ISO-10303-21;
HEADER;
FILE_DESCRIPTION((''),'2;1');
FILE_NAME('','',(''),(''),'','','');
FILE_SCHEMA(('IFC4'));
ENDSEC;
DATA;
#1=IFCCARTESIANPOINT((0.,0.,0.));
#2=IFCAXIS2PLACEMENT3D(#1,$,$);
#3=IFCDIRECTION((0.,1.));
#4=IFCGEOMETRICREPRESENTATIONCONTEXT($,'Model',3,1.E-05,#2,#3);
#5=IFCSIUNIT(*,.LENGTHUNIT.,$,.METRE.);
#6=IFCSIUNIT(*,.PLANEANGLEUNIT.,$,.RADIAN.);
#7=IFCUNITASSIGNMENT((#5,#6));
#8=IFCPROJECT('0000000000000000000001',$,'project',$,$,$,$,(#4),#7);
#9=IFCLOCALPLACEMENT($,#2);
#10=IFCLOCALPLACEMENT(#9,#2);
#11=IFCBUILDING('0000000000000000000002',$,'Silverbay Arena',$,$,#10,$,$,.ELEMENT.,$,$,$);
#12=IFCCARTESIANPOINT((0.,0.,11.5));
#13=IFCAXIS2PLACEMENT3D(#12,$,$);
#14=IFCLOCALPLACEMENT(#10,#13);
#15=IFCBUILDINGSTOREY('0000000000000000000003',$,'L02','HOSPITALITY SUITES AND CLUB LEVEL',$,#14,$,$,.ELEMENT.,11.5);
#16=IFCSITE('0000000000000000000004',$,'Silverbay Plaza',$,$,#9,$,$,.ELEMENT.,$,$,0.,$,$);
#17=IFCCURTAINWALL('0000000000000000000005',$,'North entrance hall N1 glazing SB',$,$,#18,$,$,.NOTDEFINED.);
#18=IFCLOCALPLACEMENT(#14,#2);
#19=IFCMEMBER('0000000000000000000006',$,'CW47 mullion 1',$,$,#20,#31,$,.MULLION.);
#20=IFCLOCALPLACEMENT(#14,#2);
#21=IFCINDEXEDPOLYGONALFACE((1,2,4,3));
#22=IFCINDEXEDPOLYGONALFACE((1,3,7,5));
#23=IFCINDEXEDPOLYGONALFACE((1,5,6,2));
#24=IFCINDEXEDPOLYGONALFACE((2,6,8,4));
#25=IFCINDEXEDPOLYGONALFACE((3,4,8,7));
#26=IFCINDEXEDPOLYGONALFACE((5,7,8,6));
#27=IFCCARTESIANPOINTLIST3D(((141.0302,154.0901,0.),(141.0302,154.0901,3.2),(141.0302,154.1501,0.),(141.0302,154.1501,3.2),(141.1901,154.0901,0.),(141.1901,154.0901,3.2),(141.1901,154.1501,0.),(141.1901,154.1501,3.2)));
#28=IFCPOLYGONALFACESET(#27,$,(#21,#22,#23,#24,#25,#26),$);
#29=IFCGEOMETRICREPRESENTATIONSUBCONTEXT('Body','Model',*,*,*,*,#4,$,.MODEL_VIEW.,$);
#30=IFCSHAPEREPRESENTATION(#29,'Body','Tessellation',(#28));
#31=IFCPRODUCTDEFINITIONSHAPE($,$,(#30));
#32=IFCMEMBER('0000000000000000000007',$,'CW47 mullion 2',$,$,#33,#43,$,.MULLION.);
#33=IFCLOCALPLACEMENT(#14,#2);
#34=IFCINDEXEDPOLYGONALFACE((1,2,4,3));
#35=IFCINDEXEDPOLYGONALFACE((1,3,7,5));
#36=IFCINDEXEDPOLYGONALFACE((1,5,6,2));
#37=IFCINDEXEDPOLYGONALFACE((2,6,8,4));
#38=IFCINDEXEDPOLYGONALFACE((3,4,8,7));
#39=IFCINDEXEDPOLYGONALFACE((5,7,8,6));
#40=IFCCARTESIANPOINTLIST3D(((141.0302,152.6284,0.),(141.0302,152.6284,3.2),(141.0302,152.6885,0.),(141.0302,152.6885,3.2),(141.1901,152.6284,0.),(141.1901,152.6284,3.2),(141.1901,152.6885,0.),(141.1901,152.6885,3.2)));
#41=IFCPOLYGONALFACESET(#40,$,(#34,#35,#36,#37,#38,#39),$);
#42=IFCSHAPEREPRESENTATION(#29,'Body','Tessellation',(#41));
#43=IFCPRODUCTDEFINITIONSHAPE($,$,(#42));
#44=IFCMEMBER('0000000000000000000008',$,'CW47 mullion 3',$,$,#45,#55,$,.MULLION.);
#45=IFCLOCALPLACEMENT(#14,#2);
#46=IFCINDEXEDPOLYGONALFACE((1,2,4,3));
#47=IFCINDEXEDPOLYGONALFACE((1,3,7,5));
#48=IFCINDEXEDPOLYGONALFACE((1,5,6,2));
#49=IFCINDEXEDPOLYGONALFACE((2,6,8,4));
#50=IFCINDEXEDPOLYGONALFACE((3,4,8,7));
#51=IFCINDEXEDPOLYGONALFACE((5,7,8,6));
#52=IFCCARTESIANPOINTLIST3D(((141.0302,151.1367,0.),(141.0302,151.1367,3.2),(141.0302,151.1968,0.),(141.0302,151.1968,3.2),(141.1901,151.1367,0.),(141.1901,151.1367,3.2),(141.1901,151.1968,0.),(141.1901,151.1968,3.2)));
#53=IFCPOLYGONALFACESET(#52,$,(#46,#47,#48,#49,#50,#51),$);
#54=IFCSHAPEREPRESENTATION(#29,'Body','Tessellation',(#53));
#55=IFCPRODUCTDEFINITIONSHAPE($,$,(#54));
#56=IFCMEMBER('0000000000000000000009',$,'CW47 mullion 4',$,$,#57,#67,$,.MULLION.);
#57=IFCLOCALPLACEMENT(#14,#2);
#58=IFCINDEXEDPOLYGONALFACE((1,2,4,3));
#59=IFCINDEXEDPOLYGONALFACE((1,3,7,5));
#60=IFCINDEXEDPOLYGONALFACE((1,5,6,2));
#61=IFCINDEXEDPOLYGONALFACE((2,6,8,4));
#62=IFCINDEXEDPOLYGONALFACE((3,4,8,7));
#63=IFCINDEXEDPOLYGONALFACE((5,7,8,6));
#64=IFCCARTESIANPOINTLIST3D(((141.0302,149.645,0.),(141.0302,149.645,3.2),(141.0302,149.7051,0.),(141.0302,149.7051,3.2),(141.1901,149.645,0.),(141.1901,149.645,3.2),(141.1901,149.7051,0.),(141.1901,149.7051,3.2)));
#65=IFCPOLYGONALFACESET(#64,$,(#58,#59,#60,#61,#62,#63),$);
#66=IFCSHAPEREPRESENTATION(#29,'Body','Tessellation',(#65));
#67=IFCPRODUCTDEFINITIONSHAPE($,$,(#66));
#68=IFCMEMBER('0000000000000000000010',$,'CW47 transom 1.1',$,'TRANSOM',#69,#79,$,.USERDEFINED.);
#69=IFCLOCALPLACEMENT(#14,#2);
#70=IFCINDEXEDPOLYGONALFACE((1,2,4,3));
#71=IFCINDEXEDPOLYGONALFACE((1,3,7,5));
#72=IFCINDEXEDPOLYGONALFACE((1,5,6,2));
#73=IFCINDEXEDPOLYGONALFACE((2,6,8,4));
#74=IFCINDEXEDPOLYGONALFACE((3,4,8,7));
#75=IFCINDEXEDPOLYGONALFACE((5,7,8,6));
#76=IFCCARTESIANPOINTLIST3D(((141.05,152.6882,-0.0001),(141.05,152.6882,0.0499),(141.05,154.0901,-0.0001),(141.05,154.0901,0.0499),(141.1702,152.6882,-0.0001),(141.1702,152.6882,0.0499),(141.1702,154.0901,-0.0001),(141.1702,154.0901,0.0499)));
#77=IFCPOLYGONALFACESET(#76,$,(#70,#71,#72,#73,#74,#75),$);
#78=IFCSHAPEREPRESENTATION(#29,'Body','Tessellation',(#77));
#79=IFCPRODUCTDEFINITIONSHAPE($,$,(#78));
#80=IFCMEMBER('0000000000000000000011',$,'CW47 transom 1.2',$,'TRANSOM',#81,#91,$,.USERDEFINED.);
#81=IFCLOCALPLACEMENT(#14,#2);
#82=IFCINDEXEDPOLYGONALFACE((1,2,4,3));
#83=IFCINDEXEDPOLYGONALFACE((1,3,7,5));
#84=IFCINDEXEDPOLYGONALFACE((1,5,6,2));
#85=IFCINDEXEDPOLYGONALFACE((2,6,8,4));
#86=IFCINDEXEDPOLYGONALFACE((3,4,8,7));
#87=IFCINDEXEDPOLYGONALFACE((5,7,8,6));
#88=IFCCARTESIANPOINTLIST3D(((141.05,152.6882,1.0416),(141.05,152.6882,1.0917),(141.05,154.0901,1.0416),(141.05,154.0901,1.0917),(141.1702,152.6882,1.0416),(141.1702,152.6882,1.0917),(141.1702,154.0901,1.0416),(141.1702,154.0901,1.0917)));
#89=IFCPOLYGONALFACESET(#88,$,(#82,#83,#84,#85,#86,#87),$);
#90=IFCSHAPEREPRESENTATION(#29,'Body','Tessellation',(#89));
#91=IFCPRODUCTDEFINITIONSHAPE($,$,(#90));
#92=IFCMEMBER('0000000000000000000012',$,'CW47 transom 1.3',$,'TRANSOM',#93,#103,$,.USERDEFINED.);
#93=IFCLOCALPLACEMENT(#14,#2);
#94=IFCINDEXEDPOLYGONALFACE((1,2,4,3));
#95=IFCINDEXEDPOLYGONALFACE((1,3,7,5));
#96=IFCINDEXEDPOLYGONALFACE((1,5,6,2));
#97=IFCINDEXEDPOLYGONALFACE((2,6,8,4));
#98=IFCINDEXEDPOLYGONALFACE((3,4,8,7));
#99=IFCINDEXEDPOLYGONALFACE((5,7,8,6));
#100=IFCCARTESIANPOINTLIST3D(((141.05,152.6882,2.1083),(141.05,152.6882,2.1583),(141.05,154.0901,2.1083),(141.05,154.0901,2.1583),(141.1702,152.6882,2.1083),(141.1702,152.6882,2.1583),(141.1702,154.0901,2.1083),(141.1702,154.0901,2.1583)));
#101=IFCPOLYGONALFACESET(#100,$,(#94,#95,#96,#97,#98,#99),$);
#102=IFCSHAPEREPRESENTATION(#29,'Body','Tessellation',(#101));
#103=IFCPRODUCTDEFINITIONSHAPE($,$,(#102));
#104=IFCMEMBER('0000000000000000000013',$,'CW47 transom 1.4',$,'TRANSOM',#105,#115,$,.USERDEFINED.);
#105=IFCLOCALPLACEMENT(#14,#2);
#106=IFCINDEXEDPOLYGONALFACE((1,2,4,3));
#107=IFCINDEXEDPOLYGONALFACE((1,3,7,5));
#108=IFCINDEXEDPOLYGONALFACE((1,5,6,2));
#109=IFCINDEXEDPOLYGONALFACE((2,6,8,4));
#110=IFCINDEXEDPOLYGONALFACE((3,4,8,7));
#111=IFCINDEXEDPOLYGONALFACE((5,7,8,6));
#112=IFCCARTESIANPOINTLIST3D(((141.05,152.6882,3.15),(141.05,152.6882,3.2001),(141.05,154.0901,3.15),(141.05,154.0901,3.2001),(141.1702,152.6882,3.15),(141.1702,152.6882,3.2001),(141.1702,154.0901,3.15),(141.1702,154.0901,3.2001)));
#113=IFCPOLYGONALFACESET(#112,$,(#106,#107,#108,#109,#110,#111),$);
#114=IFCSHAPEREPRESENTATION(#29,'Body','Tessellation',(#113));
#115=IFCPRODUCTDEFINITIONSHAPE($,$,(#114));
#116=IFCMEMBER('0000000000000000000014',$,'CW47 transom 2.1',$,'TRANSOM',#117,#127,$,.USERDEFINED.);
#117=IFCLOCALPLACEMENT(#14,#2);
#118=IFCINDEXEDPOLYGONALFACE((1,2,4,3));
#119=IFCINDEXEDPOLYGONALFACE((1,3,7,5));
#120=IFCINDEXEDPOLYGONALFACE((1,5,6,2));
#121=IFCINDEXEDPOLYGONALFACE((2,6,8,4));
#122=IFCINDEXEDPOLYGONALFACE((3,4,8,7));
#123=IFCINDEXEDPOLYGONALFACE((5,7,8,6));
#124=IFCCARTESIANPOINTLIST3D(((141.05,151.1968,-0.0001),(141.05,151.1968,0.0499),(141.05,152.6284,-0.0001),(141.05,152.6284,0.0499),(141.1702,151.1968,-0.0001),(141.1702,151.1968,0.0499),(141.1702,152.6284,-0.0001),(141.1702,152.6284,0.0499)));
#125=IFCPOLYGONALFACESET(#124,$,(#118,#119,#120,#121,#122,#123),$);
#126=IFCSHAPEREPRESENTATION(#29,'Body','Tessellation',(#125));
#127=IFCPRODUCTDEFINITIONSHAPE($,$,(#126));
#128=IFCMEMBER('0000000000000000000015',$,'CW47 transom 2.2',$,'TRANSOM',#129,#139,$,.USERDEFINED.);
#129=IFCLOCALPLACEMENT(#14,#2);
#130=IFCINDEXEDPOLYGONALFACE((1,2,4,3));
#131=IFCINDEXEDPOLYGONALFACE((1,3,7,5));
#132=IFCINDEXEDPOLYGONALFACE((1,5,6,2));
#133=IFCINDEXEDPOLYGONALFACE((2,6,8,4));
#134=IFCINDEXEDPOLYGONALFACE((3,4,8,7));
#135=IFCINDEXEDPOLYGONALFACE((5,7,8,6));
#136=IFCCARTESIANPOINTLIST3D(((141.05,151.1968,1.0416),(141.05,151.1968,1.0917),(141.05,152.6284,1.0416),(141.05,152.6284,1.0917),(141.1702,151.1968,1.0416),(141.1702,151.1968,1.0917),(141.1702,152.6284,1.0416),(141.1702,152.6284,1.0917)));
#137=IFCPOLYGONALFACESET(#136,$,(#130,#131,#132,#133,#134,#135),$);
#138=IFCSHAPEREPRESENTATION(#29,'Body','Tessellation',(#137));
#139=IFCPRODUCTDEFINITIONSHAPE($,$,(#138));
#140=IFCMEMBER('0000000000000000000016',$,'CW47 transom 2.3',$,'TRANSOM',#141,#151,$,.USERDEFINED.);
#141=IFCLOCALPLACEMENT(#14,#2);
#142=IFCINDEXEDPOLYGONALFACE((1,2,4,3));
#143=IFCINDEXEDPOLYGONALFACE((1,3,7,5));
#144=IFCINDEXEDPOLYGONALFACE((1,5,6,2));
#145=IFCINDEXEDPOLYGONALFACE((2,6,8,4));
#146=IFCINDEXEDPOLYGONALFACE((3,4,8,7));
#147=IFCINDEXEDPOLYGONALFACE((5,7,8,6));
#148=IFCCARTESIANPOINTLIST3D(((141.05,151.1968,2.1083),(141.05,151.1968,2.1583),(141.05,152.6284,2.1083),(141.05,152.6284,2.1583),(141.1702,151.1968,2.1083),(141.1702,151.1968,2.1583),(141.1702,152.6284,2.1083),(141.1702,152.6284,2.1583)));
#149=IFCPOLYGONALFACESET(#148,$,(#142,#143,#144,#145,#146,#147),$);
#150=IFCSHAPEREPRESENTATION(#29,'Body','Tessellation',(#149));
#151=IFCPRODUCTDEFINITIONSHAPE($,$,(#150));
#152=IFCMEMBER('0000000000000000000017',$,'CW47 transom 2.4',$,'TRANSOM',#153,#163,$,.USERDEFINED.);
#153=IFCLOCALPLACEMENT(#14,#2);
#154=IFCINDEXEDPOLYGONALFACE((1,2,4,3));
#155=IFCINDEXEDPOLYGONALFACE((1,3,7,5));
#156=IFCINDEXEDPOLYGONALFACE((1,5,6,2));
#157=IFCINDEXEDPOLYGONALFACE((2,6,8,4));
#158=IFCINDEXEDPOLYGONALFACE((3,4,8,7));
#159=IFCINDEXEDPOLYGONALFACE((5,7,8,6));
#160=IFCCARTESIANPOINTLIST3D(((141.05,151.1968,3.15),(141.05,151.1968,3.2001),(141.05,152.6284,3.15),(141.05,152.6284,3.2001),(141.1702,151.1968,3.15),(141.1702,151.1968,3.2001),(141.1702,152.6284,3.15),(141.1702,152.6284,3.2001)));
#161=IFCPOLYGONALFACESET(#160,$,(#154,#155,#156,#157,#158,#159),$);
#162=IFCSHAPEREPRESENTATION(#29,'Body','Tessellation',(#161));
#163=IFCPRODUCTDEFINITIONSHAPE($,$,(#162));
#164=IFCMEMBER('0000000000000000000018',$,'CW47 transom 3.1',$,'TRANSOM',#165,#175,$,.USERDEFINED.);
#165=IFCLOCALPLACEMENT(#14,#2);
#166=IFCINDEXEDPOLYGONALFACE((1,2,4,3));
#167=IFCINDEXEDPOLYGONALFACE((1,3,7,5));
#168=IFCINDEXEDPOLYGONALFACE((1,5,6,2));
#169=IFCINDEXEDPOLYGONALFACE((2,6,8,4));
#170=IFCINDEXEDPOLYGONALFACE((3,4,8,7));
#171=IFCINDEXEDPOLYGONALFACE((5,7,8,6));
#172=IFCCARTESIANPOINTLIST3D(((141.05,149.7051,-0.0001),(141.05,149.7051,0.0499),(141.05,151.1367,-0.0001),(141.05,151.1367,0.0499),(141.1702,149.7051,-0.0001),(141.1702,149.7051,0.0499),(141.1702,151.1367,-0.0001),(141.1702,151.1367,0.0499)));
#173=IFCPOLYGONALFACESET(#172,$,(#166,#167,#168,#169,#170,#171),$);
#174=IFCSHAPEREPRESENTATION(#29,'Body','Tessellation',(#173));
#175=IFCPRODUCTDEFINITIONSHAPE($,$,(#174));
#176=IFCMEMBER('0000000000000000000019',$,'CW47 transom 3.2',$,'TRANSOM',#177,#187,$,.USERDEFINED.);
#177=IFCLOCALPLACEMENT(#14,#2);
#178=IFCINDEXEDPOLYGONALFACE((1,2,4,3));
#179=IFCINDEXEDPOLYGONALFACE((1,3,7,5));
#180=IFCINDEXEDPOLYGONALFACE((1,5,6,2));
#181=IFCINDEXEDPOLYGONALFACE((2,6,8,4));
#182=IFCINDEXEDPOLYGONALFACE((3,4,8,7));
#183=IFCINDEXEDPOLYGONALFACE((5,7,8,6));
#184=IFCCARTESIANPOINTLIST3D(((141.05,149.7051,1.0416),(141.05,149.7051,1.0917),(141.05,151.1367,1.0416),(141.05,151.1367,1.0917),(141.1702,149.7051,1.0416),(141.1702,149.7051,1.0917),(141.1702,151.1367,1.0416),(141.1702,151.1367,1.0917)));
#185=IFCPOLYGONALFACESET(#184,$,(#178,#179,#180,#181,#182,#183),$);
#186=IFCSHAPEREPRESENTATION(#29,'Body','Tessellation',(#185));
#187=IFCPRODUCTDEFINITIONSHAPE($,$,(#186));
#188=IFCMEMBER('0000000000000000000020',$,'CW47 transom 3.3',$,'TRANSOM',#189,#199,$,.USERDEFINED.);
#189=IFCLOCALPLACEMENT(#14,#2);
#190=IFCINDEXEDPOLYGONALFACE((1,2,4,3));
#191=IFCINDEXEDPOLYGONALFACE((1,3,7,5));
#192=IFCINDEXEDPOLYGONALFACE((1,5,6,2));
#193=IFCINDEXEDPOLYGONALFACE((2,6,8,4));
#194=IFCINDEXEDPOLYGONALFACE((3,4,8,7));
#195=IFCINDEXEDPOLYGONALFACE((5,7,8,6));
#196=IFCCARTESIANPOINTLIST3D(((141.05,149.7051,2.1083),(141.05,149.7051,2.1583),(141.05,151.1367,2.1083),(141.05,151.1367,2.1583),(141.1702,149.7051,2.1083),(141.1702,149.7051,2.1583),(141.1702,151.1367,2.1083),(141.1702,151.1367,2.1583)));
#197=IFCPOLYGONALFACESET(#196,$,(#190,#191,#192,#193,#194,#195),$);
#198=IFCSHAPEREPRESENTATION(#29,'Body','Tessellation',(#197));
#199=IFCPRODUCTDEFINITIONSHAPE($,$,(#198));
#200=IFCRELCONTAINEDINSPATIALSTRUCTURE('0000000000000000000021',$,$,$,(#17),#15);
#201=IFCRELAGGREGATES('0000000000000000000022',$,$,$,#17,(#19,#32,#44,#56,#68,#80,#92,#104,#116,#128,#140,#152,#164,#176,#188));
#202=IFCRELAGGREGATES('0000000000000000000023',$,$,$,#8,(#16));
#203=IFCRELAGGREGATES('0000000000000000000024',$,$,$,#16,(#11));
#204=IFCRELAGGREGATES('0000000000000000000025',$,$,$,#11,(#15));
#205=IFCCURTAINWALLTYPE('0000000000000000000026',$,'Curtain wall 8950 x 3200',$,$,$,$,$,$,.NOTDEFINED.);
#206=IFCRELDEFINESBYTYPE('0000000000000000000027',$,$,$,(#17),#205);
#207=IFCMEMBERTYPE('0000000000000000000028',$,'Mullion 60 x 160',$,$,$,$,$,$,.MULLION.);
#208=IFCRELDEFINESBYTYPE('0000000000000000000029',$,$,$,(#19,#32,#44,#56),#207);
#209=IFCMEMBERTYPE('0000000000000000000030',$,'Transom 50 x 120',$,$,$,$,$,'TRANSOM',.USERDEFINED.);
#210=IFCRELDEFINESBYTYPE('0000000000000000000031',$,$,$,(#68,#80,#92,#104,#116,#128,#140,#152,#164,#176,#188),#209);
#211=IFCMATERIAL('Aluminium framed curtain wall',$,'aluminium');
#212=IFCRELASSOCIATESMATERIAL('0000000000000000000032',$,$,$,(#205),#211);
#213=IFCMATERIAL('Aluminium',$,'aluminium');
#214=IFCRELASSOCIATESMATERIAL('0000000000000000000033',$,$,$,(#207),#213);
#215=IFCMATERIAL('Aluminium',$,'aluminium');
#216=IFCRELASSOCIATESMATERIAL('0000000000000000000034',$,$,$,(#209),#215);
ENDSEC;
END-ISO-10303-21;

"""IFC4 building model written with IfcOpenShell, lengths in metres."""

from ifc_helpers import new_model, si_unit, direction, frame, origin, origin_2d, place, context, subcontext, project, spatial, rectangle, extrude, material, material_profile, profile_set, type_object, element, aggregate, save


model = new_model("IFC4")

# Units and contexts
model_context = context("Model", 3, precision=1e-05, world=origin(), true_north=direction((0.0, 1.0)))
body_context = subcontext(model_context, "Body", "Model", "MODEL_VIEW")
ifc_project = project(units=[si_unit("LENGTHUNIT", "METRE"), si_unit("PLANEANGLEUNIT", "RADIAN")], contexts=[model_context])

# Site, building, storey
site_placement = place(None, origin())
site = spatial("IfcSite", under=ifc_project, at=site_placement, Name="Silverbay Plaza", CompositionType="ELEMENT", RefElevation=0.0)
building_placement = place(site_placement, origin())
building = spatial("IfcBuilding", under=site, at=building_placement, Name="Silverbay Arena", CompositionType="ELEMENT")
storey_placement = place(building_placement, frame((0.0, 0.0, 11.5)))
storey = spatial("IfcBuildingStorey", under=building, at=storey_placement, Name="L02", Description="HOSPITALITY SUITES AND CLUB LEVEL", CompositionType="ELEMENT", Elevation=11.5)

# Curtain wall, members
ifc_material_1 = material(Name="Aluminium framed curtain wall", Category="aluminium")
curtain_wall_type = type_object("IfcCurtainWallType", Name="Curtain wall 8950 x 3200", PredefinedType="NOTDEFINED", material=ifc_material_1)
curtain_wall_placement = place(storey_placement, origin())
curtain_wall = element("IfcCurtainWall", 1, at=curtain_wall_placement, inside=storey, type_object=curtain_wall_type, Name="North entrance hall N1 glazing SB", PredefinedType="NOTDEFINED")
ifc_material_2 = material(Name="Aluminium", Category="aluminium")
ifc_material_profile_1 = material_profile(ifc_material_2, rectangle(XDim=0.1599, YDim=0.0601, at=origin_2d()), Name="Mullion 60 x 160")
ifc_profile_set_1 = profile_set([ifc_material_profile_1], Name="Aluminium")
member_type_1 = type_object("IfcMemberType", Name="Mullion 60 x 160", PredefinedType="MULLION", material=ifc_profile_set_1)
member_1_placement = place(storey_placement, frame((141.1101, 154.1201, 0.0), z_axis=(0.0, 0.0, 1.0), x_axis=(1.0, 0.0, 0.0)))
member_1 = element("IfcMember", 2, at=member_1_placement, type_object=member_type_1, Name="CW47 mullion 1", PredefinedType="MULLION", context=body_context, shape_type="SweptSolid", body=[
    extrude(rectangle(XDim=0.1599, YDim=0.0601, at=origin_2d()), origin(), (0.0, 0.0, 1.0), 3.2),
])
member_2_placement = place(storey_placement, frame((141.1101, 152.6584, 0.0), z_axis=(0.0, 0.0, 1.0), x_axis=(1.0, 0.0, 0.0)))
member_2 = element("IfcMember", 3, at=member_2_placement, type_object=member_type_1, Name="CW47 mullion 2", PredefinedType="MULLION", context=body_context, shape_type="SweptSolid", body=[
    extrude(rectangle(XDim=0.1599, YDim=0.0601, at=origin_2d()), origin(), (0.0, 0.0, 1.0), 3.2),
])
member_3_placement = place(storey_placement, frame((141.1101, 151.1667, 0.0), z_axis=(0.0, 0.0, 1.0), x_axis=(1.0, 0.0, 0.0)))
member_3 = element("IfcMember", 4, at=member_3_placement, type_object=member_type_1, Name="CW47 mullion 3", PredefinedType="MULLION", context=body_context, shape_type="SweptSolid", body=[
    extrude(rectangle(XDim=0.1599, YDim=0.0601, at=origin_2d()), origin(), (0.0, 0.0, 1.0), 3.2),
])
member_4_placement = place(storey_placement, frame((141.1101, 149.675, 0.0), z_axis=(0.0, 0.0, 1.0), x_axis=(1.0, 0.0, 0.0)))
member_4 = element("IfcMember", 5, at=member_4_placement, type_object=member_type_1, Name="CW47 mullion 4", PredefinedType="MULLION", context=body_context, shape_type="SweptSolid", body=[
    extrude(rectangle(XDim=0.1599, YDim=0.0601, at=origin_2d()), origin(), (0.0, 0.0, 1.0), 3.2),
])
ifc_material_3 = material(Name="Aluminium", Category="aluminium")
ifc_material_profile_2 = material_profile(ifc_material_3, rectangle(XDim=0.1201, YDim=0.05, at=origin_2d()), Name="Transom 50 x 120")
ifc_profile_set_2 = profile_set([ifc_material_profile_2], Name="Aluminium")
member_type_2 = type_object("IfcMemberType", Name="Transom 50 x 120", ElementType="TRANSOM", PredefinedType="USERDEFINED", material=ifc_profile_set_2)
member_5_placement = place(storey_placement, frame((141.1101, 154.0901, 0.0249), z_axis=(0.0, -1.0, 0.0), x_axis=(1.0, 0.0, 0.0)))
member_5 = element("IfcMember", 6, at=member_5_placement, type_object=member_type_2, Name="CW47 transom 1.1", ObjectType="TRANSOM", PredefinedType="USERDEFINED", context=body_context, shape_type="SweptSolid", body=[
    extrude(rectangle(XDim=0.1201, YDim=0.05, at=origin_2d()), origin(), (0.0, 0.0, 1.0), 1.4019),
])
member_6_placement = place(storey_placement, frame((141.1101, 154.0901, 1.0667), z_axis=(0.0, -1.0, 0.0), x_axis=(1.0, 0.0, 0.0)))
member_6 = element("IfcMember", 7, at=member_6_placement, type_object=member_type_2, Name="CW47 transom 1.2", ObjectType="TRANSOM", PredefinedType="USERDEFINED", context=body_context, shape_type="SweptSolid", body=[
    extrude(rectangle(XDim=0.1201, YDim=0.05, at=origin_2d()), origin(), (0.0, 0.0, 1.0), 1.4019),
])
member_7_placement = place(storey_placement, frame((141.1101, 154.0901, 2.1333), z_axis=(0.0, -1.0, 0.0), x_axis=(1.0, 0.0, 0.0)))
member_7 = element("IfcMember", 8, at=member_7_placement, type_object=member_type_2, Name="CW47 transom 1.3", ObjectType="TRANSOM", PredefinedType="USERDEFINED", context=body_context, shape_type="SweptSolid", body=[
    extrude(rectangle(XDim=0.1201, YDim=0.05, at=origin_2d()), origin(), (0.0, 0.0, 1.0), 1.4019),
])
member_8_placement = place(storey_placement, frame((141.1101, 154.0901, 3.175), z_axis=(0.0, -1.0, 0.0), x_axis=(1.0, 0.0, 0.0)))
member_8 = element("IfcMember", 9, at=member_8_placement, type_object=member_type_2, Name="CW47 transom 1.4", ObjectType="TRANSOM", PredefinedType="USERDEFINED", context=body_context, shape_type="SweptSolid", body=[
    extrude(rectangle(XDim=0.1201, YDim=0.05, at=origin_2d()), origin(), (0.0, 0.0, 1.0), 1.4019),
])
member_9_placement = place(storey_placement, frame((141.1101, 152.6284, 0.0249), z_axis=(0.0, -1.0, 0.0), x_axis=(1.0, 0.0, 0.0)))
member_9 = element("IfcMember", 10, at=member_9_placement, type_object=member_type_2, Name="CW47 transom 2.1", ObjectType="TRANSOM", PredefinedType="USERDEFINED", context=body_context, shape_type="SweptSolid", body=[
    extrude(rectangle(XDim=0.1201, YDim=0.05, at=origin_2d()), origin(), (0.0, 0.0, 1.0), 1.4316),
])
member_10_placement = place(storey_placement, frame((141.1101, 152.6284, 1.0667), z_axis=(0.0, -1.0, 0.0), x_axis=(1.0, 0.0, 0.0)))
member_10 = element("IfcMember", 11, at=member_10_placement, type_object=member_type_2, Name="CW47 transom 2.2", ObjectType="TRANSOM", PredefinedType="USERDEFINED", context=body_context, shape_type="SweptSolid", body=[
    extrude(rectangle(XDim=0.1201, YDim=0.05, at=origin_2d()), origin(), (0.0, 0.0, 1.0), 1.4316),
])
member_11_placement = place(storey_placement, frame((141.1101, 152.6284, 2.1333), z_axis=(0.0, -1.0, 0.0), x_axis=(1.0, 0.0, 0.0)))
member_11 = element("IfcMember", 12, at=member_11_placement, type_object=member_type_2, Name="CW47 transom 2.3", ObjectType="TRANSOM", PredefinedType="USERDEFINED", context=body_context, shape_type="SweptSolid", body=[
    extrude(rectangle(XDim=0.1201, YDim=0.05, at=origin_2d()), origin(), (0.0, 0.0, 1.0), 1.4316),
])
member_12_placement = place(storey_placement, frame((141.1101, 152.6284, 3.175), z_axis=(0.0, -1.0, 0.0), x_axis=(1.0, 0.0, 0.0)))
member_12 = element("IfcMember", 13, at=member_12_placement, type_object=member_type_2, Name="CW47 transom 2.4", ObjectType="TRANSOM", PredefinedType="USERDEFINED", context=body_context, shape_type="SweptSolid", body=[
    extrude(rectangle(XDim=0.1201, YDim=0.05, at=origin_2d()), origin(), (0.0, 0.0, 1.0), 1.4316),
])
member_13_placement = place(storey_placement, frame((141.1101, 151.1367, 0.0249), z_axis=(0.0, -1.0, 0.0), x_axis=(1.0, 0.0, 0.0)))
member_13 = element("IfcMember", 14, at=member_13_placement, type_object=member_type_2, Name="CW47 transom 3.1", ObjectType="TRANSOM", PredefinedType="USERDEFINED", context=body_context, shape_type="SweptSolid", body=[
    extrude(rectangle(XDim=0.1201, YDim=0.05, at=origin_2d()), origin(), (0.0, 0.0, 1.0), 1.4316),
])
member_14_placement = place(storey_placement, frame((141.1101, 151.1367, 1.0667), z_axis=(0.0, -1.0, 0.0), x_axis=(1.0, 0.0, 0.0)))
member_14 = element("IfcMember", 15, at=member_14_placement, type_object=member_type_2, Name="CW47 transom 3.2", ObjectType="TRANSOM", PredefinedType="USERDEFINED", context=body_context, shape_type="SweptSolid", body=[
    extrude(rectangle(XDim=0.1201, YDim=0.05, at=origin_2d()), origin(), (0.0, 0.0, 1.0), 1.4316),
])
member_15_placement = place(storey_placement, frame((141.1101, 151.1367, 2.1333), z_axis=(0.0, -1.0, 0.0), x_axis=(1.0, 0.0, 0.0)))
member_15 = element("IfcMember", 16, at=member_15_placement, type_object=member_type_2, Name="CW47 transom 3.3", ObjectType="TRANSOM", PredefinedType="USERDEFINED", context=body_context, shape_type="SweptSolid", body=[
    extrude(rectangle(XDim=0.1201, YDim=0.05, at=origin_2d()), origin(), (0.0, 0.0, 1.0), 1.4316),
])
aggregate(curtain_wall, [member_1, member_2, member_3, member_4, member_5, member_6, member_7, member_8, member_9, member_10, member_11, member_12, member_13, member_14, member_15])

save(model, "model.ifc")
